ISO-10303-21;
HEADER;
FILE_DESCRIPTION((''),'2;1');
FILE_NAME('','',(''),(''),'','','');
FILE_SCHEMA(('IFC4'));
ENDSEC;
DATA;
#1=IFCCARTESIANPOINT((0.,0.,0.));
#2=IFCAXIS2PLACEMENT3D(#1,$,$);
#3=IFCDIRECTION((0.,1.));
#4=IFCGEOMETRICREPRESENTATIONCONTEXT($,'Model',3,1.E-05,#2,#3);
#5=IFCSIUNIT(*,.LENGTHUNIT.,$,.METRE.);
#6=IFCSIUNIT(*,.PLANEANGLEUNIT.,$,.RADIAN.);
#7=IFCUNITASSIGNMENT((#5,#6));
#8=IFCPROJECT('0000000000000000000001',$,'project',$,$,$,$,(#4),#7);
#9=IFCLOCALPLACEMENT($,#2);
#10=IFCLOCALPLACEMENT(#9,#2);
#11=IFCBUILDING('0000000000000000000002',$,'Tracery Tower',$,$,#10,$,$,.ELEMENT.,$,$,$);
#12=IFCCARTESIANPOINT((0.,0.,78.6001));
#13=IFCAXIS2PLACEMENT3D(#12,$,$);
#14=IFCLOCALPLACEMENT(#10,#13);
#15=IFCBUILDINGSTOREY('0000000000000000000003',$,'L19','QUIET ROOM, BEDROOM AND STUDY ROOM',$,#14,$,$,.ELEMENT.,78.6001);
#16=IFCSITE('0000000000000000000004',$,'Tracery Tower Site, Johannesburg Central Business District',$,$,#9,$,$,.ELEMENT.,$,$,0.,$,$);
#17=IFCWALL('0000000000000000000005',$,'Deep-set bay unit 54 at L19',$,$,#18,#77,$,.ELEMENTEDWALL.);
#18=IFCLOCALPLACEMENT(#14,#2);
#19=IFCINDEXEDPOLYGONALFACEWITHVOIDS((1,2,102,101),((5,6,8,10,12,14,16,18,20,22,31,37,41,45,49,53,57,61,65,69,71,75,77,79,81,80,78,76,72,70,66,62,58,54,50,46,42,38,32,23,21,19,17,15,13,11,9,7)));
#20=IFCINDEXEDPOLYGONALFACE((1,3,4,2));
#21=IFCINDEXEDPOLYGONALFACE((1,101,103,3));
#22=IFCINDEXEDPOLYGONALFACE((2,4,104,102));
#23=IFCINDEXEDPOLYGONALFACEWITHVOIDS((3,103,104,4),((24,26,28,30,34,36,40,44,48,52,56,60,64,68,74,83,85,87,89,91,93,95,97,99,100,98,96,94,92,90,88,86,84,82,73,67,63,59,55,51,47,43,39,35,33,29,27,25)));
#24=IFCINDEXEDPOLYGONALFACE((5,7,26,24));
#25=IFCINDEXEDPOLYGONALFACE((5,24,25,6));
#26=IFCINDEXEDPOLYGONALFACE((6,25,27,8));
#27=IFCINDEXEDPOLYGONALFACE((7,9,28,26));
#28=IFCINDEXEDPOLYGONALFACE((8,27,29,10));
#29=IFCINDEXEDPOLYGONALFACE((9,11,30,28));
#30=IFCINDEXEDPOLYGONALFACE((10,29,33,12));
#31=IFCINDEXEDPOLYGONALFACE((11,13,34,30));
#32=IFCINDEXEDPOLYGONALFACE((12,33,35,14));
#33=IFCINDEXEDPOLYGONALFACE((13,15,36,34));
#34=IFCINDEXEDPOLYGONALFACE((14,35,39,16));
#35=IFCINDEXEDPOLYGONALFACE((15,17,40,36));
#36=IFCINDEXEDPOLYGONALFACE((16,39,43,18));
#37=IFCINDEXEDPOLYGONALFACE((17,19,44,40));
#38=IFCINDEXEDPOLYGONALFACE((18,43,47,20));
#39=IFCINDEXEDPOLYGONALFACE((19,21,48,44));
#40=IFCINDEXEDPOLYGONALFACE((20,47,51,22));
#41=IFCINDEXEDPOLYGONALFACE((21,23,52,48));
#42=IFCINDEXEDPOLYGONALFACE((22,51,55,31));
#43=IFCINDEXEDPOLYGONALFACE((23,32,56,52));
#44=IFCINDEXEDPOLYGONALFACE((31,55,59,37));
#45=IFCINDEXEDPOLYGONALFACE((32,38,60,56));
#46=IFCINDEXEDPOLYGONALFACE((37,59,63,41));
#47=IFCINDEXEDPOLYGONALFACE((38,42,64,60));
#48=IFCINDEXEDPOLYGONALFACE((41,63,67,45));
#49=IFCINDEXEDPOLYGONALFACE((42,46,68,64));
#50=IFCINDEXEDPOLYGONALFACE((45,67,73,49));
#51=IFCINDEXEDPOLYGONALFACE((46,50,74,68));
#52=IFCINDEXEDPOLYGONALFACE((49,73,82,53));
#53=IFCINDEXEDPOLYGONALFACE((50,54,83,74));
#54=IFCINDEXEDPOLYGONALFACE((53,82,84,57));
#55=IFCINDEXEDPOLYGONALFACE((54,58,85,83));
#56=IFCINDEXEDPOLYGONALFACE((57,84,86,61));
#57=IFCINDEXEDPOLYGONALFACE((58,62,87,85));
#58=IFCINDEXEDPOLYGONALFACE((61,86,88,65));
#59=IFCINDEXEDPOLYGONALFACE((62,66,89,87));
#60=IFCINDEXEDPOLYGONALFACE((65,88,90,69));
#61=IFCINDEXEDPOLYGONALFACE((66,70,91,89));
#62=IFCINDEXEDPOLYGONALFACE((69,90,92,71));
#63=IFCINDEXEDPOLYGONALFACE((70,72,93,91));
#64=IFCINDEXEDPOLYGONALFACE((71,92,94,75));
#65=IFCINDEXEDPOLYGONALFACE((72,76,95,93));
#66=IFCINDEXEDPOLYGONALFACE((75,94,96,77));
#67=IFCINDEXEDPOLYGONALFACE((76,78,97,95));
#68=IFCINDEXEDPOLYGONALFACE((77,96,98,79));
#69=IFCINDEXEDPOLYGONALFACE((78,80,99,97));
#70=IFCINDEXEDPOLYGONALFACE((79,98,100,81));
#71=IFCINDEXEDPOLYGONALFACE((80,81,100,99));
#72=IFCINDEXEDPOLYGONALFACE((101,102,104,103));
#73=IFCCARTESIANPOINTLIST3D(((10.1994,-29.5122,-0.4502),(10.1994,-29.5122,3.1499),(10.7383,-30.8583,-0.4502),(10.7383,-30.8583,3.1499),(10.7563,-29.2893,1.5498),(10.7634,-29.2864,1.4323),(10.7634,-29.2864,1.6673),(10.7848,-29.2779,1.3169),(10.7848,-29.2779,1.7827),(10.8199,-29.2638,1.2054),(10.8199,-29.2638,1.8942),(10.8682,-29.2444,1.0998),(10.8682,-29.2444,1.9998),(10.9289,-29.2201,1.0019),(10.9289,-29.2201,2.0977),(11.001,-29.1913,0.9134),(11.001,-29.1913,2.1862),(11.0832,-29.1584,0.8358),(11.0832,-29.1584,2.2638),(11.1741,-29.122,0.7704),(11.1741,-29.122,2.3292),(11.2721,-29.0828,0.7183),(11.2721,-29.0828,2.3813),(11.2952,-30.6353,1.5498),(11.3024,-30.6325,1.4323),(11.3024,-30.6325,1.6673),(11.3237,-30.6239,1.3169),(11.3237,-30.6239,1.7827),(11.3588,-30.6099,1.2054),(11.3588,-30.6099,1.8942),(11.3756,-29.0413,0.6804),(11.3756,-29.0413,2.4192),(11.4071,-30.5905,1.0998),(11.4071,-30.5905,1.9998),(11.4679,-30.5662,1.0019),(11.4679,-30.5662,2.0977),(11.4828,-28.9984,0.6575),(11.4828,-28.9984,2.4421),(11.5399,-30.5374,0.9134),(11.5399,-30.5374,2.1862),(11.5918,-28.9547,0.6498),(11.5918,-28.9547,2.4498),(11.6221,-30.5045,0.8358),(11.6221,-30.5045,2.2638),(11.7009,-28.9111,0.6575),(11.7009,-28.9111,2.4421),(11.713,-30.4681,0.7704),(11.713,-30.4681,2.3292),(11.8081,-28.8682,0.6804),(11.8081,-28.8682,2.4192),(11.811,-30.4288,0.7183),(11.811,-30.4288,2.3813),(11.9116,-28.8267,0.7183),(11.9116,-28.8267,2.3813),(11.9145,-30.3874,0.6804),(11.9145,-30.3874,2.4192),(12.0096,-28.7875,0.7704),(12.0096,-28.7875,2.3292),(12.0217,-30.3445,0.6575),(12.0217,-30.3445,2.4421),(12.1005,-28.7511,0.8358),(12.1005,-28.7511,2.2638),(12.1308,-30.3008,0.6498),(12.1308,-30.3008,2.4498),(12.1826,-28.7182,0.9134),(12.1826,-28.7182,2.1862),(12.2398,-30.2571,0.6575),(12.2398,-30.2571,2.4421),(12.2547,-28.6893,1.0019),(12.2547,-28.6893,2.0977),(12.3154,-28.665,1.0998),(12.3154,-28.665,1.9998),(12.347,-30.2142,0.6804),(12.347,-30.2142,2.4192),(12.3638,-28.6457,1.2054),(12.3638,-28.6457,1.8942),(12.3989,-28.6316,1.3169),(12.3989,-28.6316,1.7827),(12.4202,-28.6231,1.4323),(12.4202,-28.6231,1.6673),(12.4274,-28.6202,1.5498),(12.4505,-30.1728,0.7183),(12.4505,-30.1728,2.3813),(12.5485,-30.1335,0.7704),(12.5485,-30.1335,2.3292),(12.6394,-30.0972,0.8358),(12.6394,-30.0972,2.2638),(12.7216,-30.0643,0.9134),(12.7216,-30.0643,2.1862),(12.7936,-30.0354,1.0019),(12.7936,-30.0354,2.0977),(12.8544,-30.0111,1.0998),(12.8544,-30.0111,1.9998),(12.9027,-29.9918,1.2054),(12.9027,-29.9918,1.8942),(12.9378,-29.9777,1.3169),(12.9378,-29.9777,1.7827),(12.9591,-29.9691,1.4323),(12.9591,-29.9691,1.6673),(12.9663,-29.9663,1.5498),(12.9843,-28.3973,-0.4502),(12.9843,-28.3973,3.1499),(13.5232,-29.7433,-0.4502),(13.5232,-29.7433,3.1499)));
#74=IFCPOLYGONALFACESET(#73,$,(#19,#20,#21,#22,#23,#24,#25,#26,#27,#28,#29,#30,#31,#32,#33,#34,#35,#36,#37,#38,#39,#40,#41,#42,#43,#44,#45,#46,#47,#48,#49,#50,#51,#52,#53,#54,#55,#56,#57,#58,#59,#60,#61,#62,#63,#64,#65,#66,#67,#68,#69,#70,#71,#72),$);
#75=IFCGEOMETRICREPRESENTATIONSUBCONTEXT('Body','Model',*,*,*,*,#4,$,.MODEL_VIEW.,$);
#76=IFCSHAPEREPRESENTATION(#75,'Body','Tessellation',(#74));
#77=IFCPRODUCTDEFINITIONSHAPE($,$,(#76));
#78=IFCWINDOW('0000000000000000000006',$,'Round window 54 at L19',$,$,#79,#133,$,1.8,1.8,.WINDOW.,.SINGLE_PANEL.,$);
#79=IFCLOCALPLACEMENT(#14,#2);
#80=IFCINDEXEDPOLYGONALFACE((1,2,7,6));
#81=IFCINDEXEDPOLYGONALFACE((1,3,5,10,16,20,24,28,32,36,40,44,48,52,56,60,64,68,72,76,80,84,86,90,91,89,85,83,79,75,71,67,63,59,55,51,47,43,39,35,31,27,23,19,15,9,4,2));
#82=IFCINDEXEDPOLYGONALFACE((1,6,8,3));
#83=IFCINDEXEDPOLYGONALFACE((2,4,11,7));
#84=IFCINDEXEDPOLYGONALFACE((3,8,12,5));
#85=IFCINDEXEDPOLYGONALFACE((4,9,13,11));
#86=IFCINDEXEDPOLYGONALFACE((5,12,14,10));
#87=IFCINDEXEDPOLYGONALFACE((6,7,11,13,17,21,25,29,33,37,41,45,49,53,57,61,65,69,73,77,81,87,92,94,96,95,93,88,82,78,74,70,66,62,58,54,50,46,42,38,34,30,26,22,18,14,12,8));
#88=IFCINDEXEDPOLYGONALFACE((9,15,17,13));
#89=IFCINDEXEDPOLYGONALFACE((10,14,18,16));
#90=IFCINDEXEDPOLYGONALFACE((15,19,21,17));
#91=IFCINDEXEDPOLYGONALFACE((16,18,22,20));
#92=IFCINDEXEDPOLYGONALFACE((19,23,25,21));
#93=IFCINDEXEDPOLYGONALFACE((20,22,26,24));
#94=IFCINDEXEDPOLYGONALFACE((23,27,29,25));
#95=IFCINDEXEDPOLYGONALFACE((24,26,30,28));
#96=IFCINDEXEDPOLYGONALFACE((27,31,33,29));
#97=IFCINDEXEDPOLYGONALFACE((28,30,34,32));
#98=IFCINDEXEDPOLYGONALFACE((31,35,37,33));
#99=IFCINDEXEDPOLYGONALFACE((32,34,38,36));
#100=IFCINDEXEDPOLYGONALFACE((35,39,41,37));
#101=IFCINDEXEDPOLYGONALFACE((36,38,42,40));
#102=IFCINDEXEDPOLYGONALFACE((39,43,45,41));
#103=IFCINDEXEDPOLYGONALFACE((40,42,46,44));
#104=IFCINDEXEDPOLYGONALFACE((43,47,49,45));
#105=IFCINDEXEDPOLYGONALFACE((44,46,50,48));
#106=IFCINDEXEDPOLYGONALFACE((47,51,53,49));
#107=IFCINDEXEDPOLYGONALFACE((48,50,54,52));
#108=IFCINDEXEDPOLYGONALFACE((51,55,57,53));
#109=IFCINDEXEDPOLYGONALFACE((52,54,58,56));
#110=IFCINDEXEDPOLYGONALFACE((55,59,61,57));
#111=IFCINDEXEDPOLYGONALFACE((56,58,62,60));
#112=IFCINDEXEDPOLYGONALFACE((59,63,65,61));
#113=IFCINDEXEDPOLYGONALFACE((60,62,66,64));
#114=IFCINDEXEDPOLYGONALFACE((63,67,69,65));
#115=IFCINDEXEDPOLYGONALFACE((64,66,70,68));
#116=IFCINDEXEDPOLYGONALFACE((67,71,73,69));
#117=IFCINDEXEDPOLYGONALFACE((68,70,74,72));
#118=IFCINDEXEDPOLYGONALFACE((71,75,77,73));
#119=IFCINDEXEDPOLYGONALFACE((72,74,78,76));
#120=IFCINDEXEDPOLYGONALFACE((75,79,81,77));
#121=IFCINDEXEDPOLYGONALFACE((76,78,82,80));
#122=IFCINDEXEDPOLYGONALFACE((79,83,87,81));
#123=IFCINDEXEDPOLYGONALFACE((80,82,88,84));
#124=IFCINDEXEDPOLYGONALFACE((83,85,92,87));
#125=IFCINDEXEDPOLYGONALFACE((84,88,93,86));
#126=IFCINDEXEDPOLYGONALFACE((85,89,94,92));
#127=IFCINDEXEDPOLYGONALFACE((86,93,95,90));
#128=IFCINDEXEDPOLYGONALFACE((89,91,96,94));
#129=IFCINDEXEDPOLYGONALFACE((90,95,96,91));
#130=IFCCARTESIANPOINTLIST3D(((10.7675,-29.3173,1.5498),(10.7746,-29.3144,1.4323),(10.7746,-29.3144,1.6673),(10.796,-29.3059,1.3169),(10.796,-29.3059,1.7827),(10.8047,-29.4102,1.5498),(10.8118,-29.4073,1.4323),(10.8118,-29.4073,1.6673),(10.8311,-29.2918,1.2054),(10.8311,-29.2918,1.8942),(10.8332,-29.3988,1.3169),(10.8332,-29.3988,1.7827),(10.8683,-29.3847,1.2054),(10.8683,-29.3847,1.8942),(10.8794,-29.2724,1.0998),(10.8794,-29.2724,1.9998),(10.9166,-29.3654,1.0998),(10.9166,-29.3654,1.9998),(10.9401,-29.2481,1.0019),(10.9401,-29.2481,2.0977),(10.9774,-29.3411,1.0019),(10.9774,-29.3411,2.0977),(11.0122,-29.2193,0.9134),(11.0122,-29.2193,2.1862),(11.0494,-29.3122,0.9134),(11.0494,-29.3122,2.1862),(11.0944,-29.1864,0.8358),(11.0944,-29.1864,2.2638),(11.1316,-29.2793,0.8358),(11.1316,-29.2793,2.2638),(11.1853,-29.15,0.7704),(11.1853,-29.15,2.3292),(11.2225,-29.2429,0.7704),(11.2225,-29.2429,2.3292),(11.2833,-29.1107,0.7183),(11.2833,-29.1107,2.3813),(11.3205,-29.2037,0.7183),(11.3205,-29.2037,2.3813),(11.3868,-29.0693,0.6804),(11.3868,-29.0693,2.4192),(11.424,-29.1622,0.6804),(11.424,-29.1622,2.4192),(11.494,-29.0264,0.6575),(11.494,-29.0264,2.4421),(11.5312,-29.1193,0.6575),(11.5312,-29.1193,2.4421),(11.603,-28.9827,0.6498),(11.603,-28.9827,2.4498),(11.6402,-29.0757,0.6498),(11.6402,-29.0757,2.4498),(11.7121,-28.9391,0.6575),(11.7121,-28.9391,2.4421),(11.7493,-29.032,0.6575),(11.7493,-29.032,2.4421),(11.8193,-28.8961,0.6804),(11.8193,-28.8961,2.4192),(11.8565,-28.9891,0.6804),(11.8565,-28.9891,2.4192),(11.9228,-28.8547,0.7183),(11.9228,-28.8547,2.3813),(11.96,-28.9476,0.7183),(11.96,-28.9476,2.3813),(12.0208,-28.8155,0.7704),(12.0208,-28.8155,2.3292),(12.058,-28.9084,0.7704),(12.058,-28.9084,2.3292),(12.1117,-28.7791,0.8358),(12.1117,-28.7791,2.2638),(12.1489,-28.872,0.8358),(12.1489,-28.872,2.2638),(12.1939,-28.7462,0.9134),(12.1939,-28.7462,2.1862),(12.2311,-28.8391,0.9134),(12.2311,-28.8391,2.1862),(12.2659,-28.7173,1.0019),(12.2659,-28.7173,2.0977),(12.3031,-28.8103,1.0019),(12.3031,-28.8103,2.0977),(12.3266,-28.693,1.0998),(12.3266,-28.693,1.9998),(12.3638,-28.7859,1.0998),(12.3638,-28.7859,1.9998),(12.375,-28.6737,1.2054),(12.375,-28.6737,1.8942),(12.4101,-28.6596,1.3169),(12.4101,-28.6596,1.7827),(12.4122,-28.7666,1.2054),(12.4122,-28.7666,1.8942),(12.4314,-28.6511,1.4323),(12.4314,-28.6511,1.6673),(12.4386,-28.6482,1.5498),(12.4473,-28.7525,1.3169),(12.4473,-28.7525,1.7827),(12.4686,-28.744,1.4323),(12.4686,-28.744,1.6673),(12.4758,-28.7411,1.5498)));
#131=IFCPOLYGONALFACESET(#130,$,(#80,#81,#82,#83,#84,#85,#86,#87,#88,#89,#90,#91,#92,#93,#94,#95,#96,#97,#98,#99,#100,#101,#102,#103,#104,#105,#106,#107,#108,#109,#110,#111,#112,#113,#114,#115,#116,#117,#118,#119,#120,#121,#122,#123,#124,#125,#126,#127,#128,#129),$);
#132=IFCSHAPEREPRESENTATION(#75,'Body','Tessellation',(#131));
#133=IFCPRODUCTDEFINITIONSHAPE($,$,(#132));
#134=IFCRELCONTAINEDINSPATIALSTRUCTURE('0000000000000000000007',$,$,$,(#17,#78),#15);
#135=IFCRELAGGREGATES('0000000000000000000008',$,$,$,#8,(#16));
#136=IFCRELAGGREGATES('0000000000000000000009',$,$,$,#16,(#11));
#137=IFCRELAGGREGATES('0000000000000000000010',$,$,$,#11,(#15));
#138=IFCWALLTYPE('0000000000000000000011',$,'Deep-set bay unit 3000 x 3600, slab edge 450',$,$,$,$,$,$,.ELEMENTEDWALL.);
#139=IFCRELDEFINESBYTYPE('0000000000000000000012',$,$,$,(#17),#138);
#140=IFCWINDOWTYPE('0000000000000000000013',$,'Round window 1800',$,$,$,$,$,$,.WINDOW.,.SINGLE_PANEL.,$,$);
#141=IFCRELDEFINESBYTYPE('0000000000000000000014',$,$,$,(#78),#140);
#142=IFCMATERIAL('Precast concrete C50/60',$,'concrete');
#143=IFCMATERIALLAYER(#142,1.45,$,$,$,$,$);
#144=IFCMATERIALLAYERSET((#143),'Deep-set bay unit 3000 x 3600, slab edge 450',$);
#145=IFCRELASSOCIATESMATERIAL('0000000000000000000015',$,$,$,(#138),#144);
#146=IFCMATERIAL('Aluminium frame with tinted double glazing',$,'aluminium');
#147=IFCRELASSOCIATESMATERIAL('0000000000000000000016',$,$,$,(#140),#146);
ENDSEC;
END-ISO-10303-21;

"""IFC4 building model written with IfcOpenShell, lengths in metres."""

from ifc_helpers import new_model, si_unit, direction, frame, frame_2d, origin, origin_2d, place, context, subcontext, project, spatial, rectangle, circle, extrude, material, layer, layer_set, type_object, element, fill, save


model = new_model("IFC4")

# Units and contexts
model_context = context("Model", 3, precision=1e-05, world=origin(), true_north=direction((0.0, 1.0)))
body_context = subcontext(model_context, "Body", "Model", "MODEL_VIEW")
ifc_project = project(units=[si_unit("LENGTHUNIT", "METRE"), si_unit("PLANEANGLEUNIT", "RADIAN")], contexts=[model_context])

# Site, building, storey
site_placement = place(None, origin())
site = spatial("IfcSite", under=ifc_project, at=site_placement, Name="Tracery Tower Site, Johannesburg Central Business District", CompositionType="ELEMENT", RefElevation=0.0)
building_placement = place(site_placement, origin())
building = spatial("IfcBuilding", under=site, at=building_placement, Name="Tracery Tower", CompositionType="ELEMENT")
storey_placement = place(building_placement, frame((0.0, 0.0, 78.6001)))
storey = spatial("IfcBuildingStorey", under=building, at=storey_placement, Name="L19", Description="QUIET ROOM, BEDROOM AND STUDY ROOM", CompositionType="ELEMENT", Elevation=78.6001)

# Wall, opening, window
ifc_material_1 = material(Name="Precast concrete C50/60", Category="concrete")
ifc_layer_1 = layer(ifc_material_1, 1.45)
ifc_layer_set_1 = layer_set([ifc_layer_1], Name="Deep-set bay unit 3000 x 3600, slab edge 450")
wall_type_1 = type_object("IfcWallType", Name="Deep-set bay unit 3000 x 3600, slab edge 450", PredefinedType="ELEMENTEDWALL", material=ifc_layer_set_1)
wall_1_placement = place(storey_placement, frame((10.4688, -30.1853, -0.4502), z_axis=(0.0, 0.0, 1.0), x_axis=(0.928359, 0.371685, 0.0)))
wall_1 = element("IfcWall", 1, at=wall_1_placement, inside=storey, type_object=wall_type_1, Name="Deep-set bay unit 54 at L19", PredefinedType="ELEMENTEDWALL", context=body_context, shape_type="SweptSolid", body=[
    extrude(rectangle(XDim=2.9998, YDim=1.45, at=frame_2d((1.5, 0.0))), origin(), (0.0, 0.0, 1.0), 3.6001),
])
opening_1_placement = place(wall_1_placement, frame((1.5, 0.0, 2.0)))
opening_1 = element("IfcOpeningElement", 2, at=opening_1_placement, cuts=wall_1, PredefinedType="OPENING", context=body_context, shape_type="SweptSolid", body=[
    extrude(circle(Radius=0.9, at=origin_2d()), frame((0.0, 0.7349, 0.0), z_axis=(0.0, -1.0, 0.0), x_axis=(1.0, 0.0, 0.0)), (0.0, 0.0, 1.0), 1.47),
])
ifc_material_2 = material(Name="Aluminium frame with tinted double glazing", Category="aluminium")
window_type = type_object("IfcWindowType", Name="Round window 1800", PartitioningType="SINGLE_PANEL", PredefinedType="WINDOW", material=ifc_material_2)
window_1_placement = place(opening_1_placement, origin())
window_1 = element("IfcWindow", 3, at=window_1_placement, inside=storey, type_object=window_type, Name="Round window 54 at L19", OverallHeight=1.8, OverallWidth=1.8, PartitioningType="SINGLE_PANEL", PredefinedType="WINDOW", context=body_context, shape_type="SweptSolid", body=[
    extrude(circle(Radius=0.9, at=origin_2d()), frame((0.0, 0.6948, 0.0), z_axis=(0.0, -1.0, 0.0), x_axis=(1.0, 0.0, 0.0)), (0.0, 0.0, 1.0), 0.1001),
])
fill(opening_1, window_1)

save(model, "model.ifc")
